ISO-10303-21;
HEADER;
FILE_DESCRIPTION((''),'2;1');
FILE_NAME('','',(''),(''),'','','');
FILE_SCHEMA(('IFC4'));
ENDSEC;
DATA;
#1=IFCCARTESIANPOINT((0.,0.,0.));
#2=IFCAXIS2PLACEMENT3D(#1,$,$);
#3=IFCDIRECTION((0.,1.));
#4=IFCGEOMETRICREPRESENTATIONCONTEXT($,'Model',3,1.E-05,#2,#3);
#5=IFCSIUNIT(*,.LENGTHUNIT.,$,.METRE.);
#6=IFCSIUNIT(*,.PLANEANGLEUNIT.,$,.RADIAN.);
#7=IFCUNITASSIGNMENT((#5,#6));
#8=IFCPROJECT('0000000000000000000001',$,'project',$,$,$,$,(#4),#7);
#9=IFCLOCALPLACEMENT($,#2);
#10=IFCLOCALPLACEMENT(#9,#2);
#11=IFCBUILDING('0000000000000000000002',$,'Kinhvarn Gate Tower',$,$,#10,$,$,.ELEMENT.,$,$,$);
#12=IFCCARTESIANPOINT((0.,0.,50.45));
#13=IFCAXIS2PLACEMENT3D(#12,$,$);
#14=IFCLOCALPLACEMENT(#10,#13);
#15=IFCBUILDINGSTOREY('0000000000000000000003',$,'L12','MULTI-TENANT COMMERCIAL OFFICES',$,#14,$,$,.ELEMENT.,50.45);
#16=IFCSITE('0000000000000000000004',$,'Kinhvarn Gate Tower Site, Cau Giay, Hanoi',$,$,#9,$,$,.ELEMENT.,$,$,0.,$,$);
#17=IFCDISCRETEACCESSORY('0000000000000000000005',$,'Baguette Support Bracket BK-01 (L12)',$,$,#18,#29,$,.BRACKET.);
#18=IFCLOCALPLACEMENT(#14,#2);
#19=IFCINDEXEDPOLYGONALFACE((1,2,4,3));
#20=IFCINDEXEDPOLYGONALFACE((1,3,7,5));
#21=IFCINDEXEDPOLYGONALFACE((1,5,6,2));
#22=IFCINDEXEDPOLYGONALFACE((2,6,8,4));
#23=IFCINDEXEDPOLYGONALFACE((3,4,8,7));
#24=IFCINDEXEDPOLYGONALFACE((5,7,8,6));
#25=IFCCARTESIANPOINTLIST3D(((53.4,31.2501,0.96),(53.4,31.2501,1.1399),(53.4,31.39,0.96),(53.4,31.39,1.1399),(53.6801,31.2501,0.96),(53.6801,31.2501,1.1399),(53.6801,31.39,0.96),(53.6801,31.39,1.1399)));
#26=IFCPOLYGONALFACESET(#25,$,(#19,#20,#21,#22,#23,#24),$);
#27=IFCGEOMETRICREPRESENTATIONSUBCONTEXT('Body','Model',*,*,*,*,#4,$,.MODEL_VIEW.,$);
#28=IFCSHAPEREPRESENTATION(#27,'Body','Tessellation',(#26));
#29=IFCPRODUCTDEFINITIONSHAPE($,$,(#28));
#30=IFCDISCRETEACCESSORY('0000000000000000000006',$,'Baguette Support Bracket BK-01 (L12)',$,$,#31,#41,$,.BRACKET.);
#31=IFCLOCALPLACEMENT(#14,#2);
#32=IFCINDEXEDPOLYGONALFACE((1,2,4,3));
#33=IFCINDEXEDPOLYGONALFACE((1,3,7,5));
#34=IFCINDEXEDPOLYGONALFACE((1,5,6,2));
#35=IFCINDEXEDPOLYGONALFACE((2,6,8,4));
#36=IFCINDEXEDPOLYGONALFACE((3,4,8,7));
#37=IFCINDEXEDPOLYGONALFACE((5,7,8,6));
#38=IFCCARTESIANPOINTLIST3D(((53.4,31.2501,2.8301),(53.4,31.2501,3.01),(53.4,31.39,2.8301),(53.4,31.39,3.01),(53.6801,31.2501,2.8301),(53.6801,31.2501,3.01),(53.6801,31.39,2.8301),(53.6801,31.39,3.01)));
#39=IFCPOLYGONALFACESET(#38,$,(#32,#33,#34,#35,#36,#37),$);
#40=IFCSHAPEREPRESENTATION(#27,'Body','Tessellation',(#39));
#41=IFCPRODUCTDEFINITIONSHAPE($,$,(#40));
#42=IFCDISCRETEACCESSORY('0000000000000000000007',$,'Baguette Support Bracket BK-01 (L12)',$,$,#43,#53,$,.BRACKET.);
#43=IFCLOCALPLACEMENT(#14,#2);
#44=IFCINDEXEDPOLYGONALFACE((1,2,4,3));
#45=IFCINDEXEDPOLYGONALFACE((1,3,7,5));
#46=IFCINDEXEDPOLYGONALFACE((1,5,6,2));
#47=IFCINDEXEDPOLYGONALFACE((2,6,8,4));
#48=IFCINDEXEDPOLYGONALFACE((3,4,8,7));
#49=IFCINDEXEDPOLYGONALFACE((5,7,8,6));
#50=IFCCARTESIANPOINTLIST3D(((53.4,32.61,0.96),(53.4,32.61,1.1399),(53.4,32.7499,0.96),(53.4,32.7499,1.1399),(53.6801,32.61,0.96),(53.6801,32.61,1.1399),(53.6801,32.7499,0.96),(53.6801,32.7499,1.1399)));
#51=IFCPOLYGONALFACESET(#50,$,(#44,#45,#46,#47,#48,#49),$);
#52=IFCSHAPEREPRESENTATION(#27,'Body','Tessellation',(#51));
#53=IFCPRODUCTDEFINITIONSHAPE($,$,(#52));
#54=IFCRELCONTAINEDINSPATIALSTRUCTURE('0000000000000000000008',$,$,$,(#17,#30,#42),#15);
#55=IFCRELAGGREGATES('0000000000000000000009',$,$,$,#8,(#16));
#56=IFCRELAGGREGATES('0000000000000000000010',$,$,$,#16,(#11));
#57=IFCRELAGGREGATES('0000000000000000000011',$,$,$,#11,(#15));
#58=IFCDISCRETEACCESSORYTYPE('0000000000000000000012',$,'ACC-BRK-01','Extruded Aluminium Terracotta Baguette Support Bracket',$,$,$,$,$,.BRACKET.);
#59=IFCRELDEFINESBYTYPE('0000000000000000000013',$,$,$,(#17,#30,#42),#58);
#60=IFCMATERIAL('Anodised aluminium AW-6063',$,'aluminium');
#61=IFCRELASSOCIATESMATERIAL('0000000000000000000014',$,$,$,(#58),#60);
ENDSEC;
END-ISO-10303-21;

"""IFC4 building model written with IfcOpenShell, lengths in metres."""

from ifc_helpers import new_model, si_unit, direction, frame, origin, origin_2d, place, context, subcontext, project, spatial, rectangle, extrude, material, type_object, element, save


model = new_model("IFC4")

# Units and contexts
model_context = context("Model", 3, precision=1e-05, world=origin(), true_north=direction((0.0, 1.0)))
body_context = subcontext(model_context, "Body", "Model", "MODEL_VIEW")
ifc_project = project(units=[si_unit("LENGTHUNIT", "METRE"), si_unit("PLANEANGLEUNIT", "RADIAN")], contexts=[model_context])

# Site, building, storey
site_placement = place(None, origin())
site = spatial("IfcSite", under=ifc_project, at=site_placement, Name="Kinhvarn Gate Tower Site, Cau Giay, Hanoi", CompositionType="ELEMENT", RefElevation=0.0)
building_placement = place(site_placement, origin())
building = spatial("IfcBuilding", under=site, at=building_placement, Name="Kinhvarn Gate Tower", CompositionType="ELEMENT")
storey_placement = place(building_placement, frame((0.0, 0.0, 50.45)))
storey = spatial("IfcBuildingStorey", under=building, at=storey_placement, Name="L12", Description="MULTI-TENANT COMMERCIAL OFFICES", CompositionType="ELEMENT", Elevation=50.45)

# Shared definitions
ifc_material_1 = material(Name="Anodised aluminium AW-6063", Category="aluminium")

# Discrete accessories
discrete_accessory_type = type_object("IfcDiscreteAccessoryType", Name="ACC-BRK-01", Description="Extruded Aluminium Terracotta Baguette Support Bracket", PredefinedType="BRACKET", material=ifc_material_1)
for number, where, z_axis, x_axis, name in (
    (1, (53.54, 31.3201, 0.96), (0.0, 0.0, 1.0), (0.0, 1.0, 0.0), "Baguette Support Bracket BK-01 (L12)"),
    (2, (53.54, 31.3201, 2.8301), (0.0, 0.0, 1.0), (0.0, 1.0, 0.0), "Baguette Support Bracket BK-01 (L12)"),
    (3, (53.54, 32.6799, 0.96), (0.0, 0.0, 1.0), (0.0, 1.0, 0.0), "Baguette Support Bracket BK-01 (L12)"),
):
    element("IfcDiscreteAccessory", number, at=place(storey_placement, frame(where, z_axis=z_axis, x_axis=x_axis)), inside=storey, type_object=discrete_accessory_type, Name=name, PredefinedType="BRACKET", context=body_context, shape_type="SweptSolid", body=[
        extrude(rectangle(XDim=0.1399, YDim=0.28, at=origin_2d()), origin(), (0.0, 0.0, 1.0), 0.1799),
    ])

save(model, "model.ifc")
